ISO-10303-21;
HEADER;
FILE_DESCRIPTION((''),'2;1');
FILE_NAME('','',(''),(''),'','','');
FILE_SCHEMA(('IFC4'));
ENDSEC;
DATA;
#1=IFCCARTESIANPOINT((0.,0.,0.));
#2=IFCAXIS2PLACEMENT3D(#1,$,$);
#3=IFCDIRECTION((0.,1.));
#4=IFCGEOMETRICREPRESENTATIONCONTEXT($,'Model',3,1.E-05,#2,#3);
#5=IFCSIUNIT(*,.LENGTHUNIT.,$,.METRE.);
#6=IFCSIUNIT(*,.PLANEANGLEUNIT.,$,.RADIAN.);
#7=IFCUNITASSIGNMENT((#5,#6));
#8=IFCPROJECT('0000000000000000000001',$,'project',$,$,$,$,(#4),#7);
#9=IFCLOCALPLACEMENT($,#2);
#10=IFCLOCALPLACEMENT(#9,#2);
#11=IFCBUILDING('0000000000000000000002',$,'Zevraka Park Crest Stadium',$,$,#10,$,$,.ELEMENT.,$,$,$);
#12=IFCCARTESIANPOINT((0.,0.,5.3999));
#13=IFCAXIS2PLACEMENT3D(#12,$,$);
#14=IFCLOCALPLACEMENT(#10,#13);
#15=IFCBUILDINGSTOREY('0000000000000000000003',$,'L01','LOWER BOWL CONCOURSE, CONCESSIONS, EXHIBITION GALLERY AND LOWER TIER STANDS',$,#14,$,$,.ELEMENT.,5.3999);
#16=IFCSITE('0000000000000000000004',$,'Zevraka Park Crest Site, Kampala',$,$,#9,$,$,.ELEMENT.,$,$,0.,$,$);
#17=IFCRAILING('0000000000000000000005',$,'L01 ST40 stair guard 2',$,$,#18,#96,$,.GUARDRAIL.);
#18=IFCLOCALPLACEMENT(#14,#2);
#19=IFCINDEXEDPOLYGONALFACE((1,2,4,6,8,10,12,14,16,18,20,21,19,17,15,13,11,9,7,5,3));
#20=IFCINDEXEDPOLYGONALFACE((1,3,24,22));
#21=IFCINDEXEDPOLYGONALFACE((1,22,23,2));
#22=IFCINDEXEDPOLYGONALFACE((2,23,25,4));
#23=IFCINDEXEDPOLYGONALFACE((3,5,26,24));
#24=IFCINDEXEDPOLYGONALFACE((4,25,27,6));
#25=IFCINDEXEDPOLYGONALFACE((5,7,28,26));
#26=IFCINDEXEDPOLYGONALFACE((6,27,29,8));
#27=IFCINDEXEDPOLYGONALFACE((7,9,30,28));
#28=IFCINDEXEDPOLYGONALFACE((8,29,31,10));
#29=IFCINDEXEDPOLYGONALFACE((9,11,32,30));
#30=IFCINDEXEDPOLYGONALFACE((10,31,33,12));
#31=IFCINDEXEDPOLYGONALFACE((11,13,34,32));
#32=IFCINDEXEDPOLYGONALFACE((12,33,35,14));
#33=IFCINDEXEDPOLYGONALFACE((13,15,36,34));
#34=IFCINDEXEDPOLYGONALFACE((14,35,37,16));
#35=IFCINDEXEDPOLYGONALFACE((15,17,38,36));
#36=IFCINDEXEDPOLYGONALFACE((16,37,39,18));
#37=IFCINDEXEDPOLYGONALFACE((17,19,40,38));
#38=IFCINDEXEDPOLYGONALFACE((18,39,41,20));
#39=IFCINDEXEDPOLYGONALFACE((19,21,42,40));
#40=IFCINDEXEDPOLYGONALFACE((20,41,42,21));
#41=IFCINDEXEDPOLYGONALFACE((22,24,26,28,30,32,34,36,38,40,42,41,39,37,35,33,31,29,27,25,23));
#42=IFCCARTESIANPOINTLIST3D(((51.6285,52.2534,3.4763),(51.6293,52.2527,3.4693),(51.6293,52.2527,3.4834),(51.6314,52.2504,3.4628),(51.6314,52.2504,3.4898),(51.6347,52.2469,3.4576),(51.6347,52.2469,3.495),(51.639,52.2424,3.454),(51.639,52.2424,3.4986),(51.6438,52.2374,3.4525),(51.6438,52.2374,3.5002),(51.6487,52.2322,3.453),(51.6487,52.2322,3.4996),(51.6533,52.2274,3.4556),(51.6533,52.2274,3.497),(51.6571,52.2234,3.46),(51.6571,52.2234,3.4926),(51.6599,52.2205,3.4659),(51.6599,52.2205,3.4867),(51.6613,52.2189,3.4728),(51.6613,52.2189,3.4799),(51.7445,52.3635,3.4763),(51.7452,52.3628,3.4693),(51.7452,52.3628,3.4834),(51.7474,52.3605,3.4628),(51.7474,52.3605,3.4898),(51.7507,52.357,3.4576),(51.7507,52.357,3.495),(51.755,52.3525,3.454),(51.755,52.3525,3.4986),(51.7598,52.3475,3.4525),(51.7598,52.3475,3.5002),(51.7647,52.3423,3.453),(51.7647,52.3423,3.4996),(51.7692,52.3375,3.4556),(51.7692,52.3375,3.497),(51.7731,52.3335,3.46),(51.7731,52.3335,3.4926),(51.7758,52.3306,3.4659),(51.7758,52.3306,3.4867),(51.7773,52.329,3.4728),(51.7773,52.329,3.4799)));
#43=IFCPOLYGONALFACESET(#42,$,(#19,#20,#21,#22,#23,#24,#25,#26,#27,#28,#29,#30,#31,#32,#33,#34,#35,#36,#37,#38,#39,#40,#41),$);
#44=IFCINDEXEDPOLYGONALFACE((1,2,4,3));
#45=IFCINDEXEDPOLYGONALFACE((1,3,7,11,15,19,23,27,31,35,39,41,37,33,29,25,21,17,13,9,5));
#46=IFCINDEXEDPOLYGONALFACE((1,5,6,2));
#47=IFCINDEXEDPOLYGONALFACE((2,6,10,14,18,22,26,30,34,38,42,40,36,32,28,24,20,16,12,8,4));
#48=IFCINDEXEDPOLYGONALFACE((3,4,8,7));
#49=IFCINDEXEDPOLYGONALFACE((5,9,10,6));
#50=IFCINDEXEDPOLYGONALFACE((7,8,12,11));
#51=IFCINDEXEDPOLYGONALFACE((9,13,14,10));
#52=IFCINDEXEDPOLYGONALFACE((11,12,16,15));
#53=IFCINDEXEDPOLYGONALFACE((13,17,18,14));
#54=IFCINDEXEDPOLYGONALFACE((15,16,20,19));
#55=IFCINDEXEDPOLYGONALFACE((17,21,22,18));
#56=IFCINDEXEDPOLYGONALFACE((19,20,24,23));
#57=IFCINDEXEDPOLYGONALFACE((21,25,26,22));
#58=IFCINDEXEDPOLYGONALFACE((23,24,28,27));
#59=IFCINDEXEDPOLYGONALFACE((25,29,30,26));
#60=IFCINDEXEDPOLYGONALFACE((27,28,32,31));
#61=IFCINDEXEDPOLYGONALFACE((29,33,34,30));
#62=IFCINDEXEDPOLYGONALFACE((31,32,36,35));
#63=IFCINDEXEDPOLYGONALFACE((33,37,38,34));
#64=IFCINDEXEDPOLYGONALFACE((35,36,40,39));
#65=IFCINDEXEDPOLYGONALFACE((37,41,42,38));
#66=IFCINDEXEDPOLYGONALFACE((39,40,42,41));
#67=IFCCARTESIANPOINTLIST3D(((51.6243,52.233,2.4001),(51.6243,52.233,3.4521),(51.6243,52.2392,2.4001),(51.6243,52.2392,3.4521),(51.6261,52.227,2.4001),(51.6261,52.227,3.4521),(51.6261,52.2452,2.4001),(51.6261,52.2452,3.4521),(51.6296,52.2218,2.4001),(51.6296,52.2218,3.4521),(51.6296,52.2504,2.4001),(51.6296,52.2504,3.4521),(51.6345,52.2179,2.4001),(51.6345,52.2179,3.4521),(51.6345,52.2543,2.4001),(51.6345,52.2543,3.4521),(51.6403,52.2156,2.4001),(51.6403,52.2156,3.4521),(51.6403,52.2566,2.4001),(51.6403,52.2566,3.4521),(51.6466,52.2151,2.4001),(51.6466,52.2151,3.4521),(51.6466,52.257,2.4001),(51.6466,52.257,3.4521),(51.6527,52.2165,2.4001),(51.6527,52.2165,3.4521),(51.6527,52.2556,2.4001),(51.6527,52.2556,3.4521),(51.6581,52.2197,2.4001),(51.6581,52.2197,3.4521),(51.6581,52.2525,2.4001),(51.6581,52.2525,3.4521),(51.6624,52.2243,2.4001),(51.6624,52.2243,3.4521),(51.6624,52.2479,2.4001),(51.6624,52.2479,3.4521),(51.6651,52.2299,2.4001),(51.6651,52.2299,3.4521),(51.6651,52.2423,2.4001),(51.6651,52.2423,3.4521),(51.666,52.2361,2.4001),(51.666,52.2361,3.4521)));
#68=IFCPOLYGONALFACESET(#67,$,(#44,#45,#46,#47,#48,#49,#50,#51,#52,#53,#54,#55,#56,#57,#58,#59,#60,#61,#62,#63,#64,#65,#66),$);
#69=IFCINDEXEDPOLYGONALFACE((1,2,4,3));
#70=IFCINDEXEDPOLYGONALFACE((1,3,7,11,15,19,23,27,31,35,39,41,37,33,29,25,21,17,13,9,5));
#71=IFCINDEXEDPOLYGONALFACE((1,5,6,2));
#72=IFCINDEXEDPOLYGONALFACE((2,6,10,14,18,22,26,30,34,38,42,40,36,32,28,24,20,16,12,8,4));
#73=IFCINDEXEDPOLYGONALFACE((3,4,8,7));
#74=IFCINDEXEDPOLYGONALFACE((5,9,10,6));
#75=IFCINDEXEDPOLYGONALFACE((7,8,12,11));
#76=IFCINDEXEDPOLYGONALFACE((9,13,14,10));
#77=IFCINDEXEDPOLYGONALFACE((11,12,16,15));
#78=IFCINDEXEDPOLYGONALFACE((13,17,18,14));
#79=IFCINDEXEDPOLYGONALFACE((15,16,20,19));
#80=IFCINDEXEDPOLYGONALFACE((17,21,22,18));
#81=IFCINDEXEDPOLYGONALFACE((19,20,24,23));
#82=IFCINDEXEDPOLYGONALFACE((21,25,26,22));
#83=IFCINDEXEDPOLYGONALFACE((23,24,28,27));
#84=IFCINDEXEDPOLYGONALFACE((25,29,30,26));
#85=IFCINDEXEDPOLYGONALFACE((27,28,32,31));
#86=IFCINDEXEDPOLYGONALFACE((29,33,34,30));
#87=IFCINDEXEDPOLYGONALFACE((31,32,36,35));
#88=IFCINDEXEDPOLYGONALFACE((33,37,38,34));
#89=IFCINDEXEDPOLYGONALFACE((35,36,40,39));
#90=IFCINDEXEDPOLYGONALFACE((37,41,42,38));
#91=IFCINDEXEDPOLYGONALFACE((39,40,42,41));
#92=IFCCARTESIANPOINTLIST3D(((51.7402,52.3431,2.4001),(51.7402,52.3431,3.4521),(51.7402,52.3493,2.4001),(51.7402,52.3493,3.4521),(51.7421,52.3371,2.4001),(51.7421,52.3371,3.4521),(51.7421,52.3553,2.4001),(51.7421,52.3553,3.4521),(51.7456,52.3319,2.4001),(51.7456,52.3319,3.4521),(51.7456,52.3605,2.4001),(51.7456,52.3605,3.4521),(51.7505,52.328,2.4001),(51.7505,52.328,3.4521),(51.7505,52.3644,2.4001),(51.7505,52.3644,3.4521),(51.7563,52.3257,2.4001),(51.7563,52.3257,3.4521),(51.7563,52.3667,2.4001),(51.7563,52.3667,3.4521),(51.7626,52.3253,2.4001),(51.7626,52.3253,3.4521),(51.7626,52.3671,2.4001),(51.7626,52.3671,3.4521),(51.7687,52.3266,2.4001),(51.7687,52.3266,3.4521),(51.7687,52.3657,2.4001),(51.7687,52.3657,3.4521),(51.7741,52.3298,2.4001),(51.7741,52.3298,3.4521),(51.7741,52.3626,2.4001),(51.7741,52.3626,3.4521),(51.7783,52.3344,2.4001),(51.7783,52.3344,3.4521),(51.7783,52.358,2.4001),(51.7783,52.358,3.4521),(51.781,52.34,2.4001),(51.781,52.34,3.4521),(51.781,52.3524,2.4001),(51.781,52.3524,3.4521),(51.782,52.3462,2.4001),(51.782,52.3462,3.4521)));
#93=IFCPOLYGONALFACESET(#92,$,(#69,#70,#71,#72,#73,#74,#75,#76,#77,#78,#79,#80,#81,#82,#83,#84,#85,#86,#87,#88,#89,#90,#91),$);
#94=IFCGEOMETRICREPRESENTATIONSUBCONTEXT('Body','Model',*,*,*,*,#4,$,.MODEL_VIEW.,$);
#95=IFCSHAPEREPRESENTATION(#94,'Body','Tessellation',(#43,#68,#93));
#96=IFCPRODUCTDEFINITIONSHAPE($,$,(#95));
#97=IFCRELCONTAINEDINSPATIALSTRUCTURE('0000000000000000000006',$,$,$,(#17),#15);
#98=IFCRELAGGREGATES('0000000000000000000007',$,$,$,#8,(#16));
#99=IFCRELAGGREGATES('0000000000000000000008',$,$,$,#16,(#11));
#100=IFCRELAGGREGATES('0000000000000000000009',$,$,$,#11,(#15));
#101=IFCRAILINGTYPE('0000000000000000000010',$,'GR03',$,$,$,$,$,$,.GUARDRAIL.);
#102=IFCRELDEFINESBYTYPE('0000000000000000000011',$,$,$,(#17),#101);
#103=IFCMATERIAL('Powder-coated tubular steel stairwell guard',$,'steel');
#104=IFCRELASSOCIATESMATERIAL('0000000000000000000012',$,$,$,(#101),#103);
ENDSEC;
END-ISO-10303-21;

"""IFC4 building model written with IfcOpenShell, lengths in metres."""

from ifc_helpers import new_model, si_unit, direction, frame, origin, origin_2d, place, context, subcontext, project, spatial, circle, extrude, material, type_object, element, save


model = new_model("IFC4")

# Units and contexts
model_context = context("Model", 3, precision=1e-05, world=origin(), true_north=direction((0.0, 1.0)))
body_context = subcontext(model_context, "Body", "Model", "MODEL_VIEW")
ifc_project = project(units=[si_unit("LENGTHUNIT", "METRE"), si_unit("PLANEANGLEUNIT", "RADIAN")], contexts=[model_context])

# Site, building, storey
site_placement = place(None, origin())
site = spatial("IfcSite", under=ifc_project, at=site_placement, Name="Zevraka Park Crest Site, Kampala", CompositionType="ELEMENT", RefElevation=0.0)
building_placement = place(site_placement, origin())
building = spatial("IfcBuilding", under=site, at=building_placement, Name="Zevraka Park Crest Stadium", CompositionType="ELEMENT")
storey_placement = place(building_placement, frame((0.0, 0.0, 5.3999)))
storey = spatial("IfcBuildingStorey", under=building, at=storey_placement, Name="L01", Description="LOWER BOWL CONCOURSE, CONCESSIONS, EXHIBITION GALLERY AND LOWER TIER STANDS", CompositionType="ELEMENT", Elevation=5.3999)

# Railing
ifc_material_1 = material(Name="Powder-coated tubular steel stairwell guard", Category="steel")
railing_type_1 = type_object("IfcRailingType", Name="GR03", PredefinedType="GUARDRAIL", material=ifc_material_1)
railing_1_placement = place(storey_placement, frame((51.645, 52.2361, 2.4001)))
element("IfcRailing", 1, at=railing_1_placement, inside=storey, type_object=railing_type_1, Name="L01 ST40 stair guard 2", PredefinedType="GUARDRAIL", context=body_context, shape_type="SweptSolid", body=[
    extrude(circle(Radius=0.0239, at=origin_2d()), frame((0.0, 0.0, 1.0762), z_axis=(0.72519, 0.688549, 0.0), x_axis=(-0.688549, 0.72519, 0.0)), (0.0, 0.0, 1.0), 0.1599),
    extrude(circle(Radius=0.021, at=origin_2d()), origin(), (0.0, 0.0, 1.0), 1.052),
    extrude(circle(Radius=0.021, at=origin_2d()), frame((0.116, 0.1101, 0.0)), (0.0, 0.0, 1.0), 1.052),
])

save(model, "model.ifc")
